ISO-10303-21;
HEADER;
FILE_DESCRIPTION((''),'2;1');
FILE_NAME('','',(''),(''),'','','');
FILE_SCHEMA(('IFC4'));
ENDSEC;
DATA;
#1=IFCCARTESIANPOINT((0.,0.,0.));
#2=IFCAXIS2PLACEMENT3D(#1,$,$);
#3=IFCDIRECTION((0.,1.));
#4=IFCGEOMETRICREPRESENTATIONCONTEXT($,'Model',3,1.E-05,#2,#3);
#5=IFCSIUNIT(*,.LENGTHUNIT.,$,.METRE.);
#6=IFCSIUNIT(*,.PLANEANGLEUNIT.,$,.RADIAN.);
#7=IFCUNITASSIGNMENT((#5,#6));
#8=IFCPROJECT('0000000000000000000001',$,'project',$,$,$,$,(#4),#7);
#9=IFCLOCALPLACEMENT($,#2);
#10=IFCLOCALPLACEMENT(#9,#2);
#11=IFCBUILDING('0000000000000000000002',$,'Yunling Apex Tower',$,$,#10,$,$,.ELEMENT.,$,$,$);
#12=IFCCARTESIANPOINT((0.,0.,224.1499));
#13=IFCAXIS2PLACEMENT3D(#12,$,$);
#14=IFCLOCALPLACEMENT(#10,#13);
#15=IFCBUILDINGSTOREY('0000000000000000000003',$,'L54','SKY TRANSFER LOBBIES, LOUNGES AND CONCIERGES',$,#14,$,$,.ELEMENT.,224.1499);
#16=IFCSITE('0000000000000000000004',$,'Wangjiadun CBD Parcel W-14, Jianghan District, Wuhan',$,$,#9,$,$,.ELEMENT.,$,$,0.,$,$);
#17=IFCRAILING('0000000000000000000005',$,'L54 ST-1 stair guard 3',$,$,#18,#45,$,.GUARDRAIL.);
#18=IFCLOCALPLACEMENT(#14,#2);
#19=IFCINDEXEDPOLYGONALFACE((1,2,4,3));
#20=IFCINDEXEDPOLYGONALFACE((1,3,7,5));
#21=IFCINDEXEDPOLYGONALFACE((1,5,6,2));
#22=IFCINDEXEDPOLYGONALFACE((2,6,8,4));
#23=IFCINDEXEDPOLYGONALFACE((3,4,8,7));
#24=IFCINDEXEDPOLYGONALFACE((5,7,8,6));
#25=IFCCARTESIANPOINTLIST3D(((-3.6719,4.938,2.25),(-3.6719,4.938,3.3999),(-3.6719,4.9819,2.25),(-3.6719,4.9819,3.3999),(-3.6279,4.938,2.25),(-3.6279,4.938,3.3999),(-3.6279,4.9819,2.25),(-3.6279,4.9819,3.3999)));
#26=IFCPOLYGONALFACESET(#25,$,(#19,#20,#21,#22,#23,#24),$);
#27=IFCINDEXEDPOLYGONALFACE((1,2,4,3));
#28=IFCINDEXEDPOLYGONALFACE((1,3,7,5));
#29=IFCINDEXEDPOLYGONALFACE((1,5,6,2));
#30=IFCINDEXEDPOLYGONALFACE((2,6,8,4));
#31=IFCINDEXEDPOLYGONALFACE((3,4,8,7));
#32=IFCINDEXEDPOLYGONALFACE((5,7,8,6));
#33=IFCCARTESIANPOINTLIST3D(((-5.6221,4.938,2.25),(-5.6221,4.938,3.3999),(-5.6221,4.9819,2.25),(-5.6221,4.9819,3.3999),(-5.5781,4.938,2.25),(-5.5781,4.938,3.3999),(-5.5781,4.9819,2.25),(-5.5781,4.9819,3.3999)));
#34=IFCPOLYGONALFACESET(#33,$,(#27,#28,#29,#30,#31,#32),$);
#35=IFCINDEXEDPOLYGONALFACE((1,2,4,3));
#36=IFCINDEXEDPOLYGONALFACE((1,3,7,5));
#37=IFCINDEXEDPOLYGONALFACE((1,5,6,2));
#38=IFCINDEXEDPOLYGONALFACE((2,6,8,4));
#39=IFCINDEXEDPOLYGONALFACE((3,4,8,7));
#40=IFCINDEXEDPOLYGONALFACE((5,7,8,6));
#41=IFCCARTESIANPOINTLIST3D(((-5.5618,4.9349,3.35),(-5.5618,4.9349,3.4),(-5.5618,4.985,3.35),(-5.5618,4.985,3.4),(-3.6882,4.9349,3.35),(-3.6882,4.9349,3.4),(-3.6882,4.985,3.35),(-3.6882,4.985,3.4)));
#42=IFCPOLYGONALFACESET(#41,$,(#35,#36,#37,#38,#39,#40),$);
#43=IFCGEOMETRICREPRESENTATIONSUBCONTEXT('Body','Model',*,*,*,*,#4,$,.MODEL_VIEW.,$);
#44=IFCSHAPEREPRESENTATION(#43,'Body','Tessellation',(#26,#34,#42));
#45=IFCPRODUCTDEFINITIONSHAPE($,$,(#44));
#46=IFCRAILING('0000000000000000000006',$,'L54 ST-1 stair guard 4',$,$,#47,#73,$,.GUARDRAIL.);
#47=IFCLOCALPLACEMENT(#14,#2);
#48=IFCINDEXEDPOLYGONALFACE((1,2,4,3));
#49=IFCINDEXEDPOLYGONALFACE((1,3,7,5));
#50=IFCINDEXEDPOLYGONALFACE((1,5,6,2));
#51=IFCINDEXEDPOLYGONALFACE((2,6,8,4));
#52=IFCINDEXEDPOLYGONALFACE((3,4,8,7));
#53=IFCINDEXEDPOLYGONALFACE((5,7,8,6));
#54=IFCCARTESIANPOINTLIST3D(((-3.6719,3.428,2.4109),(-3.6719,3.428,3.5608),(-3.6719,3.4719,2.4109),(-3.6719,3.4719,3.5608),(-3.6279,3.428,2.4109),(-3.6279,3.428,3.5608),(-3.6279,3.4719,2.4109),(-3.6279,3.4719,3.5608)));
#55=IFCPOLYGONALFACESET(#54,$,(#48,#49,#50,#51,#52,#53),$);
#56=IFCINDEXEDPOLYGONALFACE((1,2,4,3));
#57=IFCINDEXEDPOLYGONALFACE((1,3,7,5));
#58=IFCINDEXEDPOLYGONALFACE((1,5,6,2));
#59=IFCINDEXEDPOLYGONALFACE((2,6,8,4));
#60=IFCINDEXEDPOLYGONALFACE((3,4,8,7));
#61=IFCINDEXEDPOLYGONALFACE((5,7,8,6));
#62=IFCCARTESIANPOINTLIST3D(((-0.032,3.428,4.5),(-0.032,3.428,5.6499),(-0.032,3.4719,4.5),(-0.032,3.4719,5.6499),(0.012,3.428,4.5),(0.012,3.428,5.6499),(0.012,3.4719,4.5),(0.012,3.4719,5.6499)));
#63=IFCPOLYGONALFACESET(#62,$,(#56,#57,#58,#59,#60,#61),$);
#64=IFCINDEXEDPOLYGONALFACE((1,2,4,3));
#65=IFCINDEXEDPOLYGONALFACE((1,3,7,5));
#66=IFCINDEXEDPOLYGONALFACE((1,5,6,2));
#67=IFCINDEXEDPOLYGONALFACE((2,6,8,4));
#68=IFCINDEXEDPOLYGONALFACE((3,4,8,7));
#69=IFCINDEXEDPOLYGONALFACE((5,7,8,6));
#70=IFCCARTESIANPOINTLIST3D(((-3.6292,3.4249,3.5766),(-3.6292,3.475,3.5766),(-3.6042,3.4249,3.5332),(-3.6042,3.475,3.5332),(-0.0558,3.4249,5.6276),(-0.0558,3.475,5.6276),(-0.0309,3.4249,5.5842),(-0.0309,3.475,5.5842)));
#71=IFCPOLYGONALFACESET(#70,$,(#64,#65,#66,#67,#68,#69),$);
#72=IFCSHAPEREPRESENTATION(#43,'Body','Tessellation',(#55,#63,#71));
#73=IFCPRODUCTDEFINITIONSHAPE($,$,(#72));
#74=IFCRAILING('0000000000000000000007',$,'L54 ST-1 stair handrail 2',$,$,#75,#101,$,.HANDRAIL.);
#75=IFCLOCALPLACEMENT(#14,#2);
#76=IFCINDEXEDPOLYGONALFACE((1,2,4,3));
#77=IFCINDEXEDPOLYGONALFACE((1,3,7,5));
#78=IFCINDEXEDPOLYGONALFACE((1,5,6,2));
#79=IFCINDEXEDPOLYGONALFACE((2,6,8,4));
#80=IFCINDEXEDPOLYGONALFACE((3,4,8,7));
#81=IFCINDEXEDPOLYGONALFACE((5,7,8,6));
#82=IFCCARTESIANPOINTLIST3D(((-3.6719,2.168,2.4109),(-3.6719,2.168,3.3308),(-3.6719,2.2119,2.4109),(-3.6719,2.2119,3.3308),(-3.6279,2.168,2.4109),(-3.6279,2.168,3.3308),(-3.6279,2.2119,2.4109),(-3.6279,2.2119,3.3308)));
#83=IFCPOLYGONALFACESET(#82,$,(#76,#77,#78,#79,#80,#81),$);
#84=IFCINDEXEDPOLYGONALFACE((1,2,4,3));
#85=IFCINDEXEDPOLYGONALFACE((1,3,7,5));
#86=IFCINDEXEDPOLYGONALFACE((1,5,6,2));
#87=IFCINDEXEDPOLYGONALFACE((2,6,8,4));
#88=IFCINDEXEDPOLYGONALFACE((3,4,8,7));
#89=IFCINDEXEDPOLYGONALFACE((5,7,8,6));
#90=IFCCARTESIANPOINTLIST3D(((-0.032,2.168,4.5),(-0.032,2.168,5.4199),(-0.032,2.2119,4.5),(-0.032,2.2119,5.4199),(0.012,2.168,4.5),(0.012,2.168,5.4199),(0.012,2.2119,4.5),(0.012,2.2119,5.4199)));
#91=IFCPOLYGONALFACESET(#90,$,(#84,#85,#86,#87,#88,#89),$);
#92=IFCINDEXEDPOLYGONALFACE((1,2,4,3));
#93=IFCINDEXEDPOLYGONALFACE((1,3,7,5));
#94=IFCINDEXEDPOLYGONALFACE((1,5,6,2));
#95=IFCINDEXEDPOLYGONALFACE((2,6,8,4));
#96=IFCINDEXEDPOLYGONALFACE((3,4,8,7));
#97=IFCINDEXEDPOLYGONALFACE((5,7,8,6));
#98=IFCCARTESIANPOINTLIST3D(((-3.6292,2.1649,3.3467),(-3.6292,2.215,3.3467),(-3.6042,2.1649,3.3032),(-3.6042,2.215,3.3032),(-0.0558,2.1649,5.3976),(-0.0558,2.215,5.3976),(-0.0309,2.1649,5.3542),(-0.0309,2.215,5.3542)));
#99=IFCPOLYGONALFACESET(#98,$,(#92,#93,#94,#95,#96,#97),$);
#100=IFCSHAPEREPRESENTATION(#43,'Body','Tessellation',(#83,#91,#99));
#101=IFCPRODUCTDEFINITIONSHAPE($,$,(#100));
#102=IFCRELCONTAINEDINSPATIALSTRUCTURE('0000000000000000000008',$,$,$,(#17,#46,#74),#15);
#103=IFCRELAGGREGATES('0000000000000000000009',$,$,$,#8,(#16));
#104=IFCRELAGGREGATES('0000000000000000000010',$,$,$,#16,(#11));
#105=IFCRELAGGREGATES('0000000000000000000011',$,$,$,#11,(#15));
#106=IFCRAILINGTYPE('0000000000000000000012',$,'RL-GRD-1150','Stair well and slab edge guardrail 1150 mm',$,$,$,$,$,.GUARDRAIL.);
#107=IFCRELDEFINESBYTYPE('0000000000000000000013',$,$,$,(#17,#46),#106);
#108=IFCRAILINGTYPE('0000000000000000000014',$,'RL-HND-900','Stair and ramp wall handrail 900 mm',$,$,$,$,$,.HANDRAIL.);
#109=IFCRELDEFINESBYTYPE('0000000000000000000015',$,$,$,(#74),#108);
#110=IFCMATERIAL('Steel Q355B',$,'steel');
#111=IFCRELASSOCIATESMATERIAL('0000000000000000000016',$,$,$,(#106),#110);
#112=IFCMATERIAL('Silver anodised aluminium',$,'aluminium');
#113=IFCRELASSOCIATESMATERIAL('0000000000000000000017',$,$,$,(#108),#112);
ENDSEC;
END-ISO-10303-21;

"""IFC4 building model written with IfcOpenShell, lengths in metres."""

from ifc_helpers import new_model, si_unit, direction, frame, origin, origin_2d, place, context, subcontext, project, spatial, rectangle, extrude, material, type_object, element, save


model = new_model("IFC4")

# Units and contexts
model_context = context("Model", 3, precision=1e-05, world=origin(), true_north=direction((0.0, 1.0)))
body_context = subcontext(model_context, "Body", "Model", "MODEL_VIEW")
ifc_project = project(units=[si_unit("LENGTHUNIT", "METRE"), si_unit("PLANEANGLEUNIT", "RADIAN")], contexts=[model_context])

# Site, building, storey
site_placement = place(None, origin())
site = spatial("IfcSite", under=ifc_project, at=site_placement, Name="Wangjiadun CBD Parcel W-14, Jianghan District, Wuhan", CompositionType="ELEMENT", RefElevation=0.0)
building_placement = place(site_placement, origin())
building = spatial("IfcBuilding", under=site, at=building_placement, Name="Yunling Apex Tower", CompositionType="ELEMENT")
storey_placement = place(building_placement, frame((0.0, 0.0, 224.1499)))
storey = spatial("IfcBuildingStorey", under=building, at=storey_placement, Name="L54", Description="SKY TRANSFER LOBBIES, LOUNGES AND CONCIERGES", CompositionType="ELEMENT", Elevation=224.1499)

# Shared definitions
ifc_material_1 = material(Name="Steel Q355B", Category="steel")

# Shared definitions
ifc_material_2 = material(Name="Silver anodised aluminium", Category="aluminium")

# Railings
railing_type_1 = type_object("IfcRailingType", Name="RL-GRD-1150", Description="Stair well and slab edge guardrail 1150 mm", PredefinedType="GUARDRAIL", material=ifc_material_1)
railing_1_placement = place(storey_placement, frame((-3.6499, 4.96, 2.25)))
element("IfcRailing", 1, at=railing_1_placement, inside=storey, type_object=railing_type_1, Name="L54 ST-1 stair guard 3", PredefinedType="GUARDRAIL", context=body_context, shape_type="SweptSolid", body=[
    extrude(rectangle(XDim=0.0439, YDim=0.0439, at=origin_2d()), origin(), (0.0, 0.0, 1.0), 1.1499),
    extrude(rectangle(XDim=0.0439, YDim=0.0439, at=origin_2d()), frame((-1.9502, 0.0, 0.0)), (0.0, 0.0, 1.0), 1.1499),
    extrude(rectangle(XDim=0.05, YDim=0.05, at=origin_2d()), frame((-0.0383, 0.0, 1.125), z_axis=(-1.0, 0.0, 0.0), x_axis=(0.0, -1.0, 0.0)), (0.0, 0.0, 1.0), 1.8735),
])
railing_2_placement = place(storey_placement, frame((-3.6499, 3.45, 2.4109)))
element("IfcRailing", 2, at=railing_2_placement, inside=storey, type_object=railing_type_1, Name="L54 ST-1 stair guard 4", PredefinedType="GUARDRAIL", context=body_context, shape_type="SweptSolid", body=[
    extrude(rectangle(XDim=0.0439, YDim=0.0439, at=origin_2d()), origin(), (0.0, 0.0, 1.0), 1.1499),
    extrude(rectangle(XDim=0.0439, YDim=0.0439, at=origin_2d()), frame((3.6399, 0.0, 2.0891)), (0.0, 0.0, 1.0), 1.1499),
    extrude(rectangle(XDim=0.05, YDim=0.05, at=origin_2d()), frame((0.0332, 0.0, 1.144), z_axis=(0.8673, 0.0, 0.497786), x_axis=(0.0, 1.0, 0.0)), (0.0, 0.0, 1.0), 4.1201),
])
railing_type_2 = type_object("IfcRailingType", Name="RL-HND-900", Description="Stair and ramp wall handrail 900 mm", PredefinedType="HANDRAIL", material=ifc_material_2)
railing_3_placement = place(storey_placement, frame((-3.6499, 2.1899, 2.4109)))
element("IfcRailing", 3, at=railing_3_placement, inside=storey, type_object=railing_type_2, Name="L54 ST-1 stair handrail 2", PredefinedType="HANDRAIL", context=body_context, shape_type="SweptSolid", body=[
    extrude(rectangle(XDim=0.0439, YDim=0.0439, at=origin_2d()), origin(), (0.0, 0.0, 1.0), 0.9199),
    extrude(rectangle(XDim=0.0439, YDim=0.0439, at=origin_2d()), frame((3.6399, 0.0, 2.0891)), (0.0, 0.0, 1.0), 0.9199),
    extrude(rectangle(XDim=0.05, YDim=0.05, at=origin_2d()), frame((0.0332, 0.0, 0.9141), z_axis=(0.8673, 0.0, 0.497786), x_axis=(0.0, 1.0, 0.0)), (0.0, 0.0, 1.0), 4.1201),
])

save(model, "model.ifc")
